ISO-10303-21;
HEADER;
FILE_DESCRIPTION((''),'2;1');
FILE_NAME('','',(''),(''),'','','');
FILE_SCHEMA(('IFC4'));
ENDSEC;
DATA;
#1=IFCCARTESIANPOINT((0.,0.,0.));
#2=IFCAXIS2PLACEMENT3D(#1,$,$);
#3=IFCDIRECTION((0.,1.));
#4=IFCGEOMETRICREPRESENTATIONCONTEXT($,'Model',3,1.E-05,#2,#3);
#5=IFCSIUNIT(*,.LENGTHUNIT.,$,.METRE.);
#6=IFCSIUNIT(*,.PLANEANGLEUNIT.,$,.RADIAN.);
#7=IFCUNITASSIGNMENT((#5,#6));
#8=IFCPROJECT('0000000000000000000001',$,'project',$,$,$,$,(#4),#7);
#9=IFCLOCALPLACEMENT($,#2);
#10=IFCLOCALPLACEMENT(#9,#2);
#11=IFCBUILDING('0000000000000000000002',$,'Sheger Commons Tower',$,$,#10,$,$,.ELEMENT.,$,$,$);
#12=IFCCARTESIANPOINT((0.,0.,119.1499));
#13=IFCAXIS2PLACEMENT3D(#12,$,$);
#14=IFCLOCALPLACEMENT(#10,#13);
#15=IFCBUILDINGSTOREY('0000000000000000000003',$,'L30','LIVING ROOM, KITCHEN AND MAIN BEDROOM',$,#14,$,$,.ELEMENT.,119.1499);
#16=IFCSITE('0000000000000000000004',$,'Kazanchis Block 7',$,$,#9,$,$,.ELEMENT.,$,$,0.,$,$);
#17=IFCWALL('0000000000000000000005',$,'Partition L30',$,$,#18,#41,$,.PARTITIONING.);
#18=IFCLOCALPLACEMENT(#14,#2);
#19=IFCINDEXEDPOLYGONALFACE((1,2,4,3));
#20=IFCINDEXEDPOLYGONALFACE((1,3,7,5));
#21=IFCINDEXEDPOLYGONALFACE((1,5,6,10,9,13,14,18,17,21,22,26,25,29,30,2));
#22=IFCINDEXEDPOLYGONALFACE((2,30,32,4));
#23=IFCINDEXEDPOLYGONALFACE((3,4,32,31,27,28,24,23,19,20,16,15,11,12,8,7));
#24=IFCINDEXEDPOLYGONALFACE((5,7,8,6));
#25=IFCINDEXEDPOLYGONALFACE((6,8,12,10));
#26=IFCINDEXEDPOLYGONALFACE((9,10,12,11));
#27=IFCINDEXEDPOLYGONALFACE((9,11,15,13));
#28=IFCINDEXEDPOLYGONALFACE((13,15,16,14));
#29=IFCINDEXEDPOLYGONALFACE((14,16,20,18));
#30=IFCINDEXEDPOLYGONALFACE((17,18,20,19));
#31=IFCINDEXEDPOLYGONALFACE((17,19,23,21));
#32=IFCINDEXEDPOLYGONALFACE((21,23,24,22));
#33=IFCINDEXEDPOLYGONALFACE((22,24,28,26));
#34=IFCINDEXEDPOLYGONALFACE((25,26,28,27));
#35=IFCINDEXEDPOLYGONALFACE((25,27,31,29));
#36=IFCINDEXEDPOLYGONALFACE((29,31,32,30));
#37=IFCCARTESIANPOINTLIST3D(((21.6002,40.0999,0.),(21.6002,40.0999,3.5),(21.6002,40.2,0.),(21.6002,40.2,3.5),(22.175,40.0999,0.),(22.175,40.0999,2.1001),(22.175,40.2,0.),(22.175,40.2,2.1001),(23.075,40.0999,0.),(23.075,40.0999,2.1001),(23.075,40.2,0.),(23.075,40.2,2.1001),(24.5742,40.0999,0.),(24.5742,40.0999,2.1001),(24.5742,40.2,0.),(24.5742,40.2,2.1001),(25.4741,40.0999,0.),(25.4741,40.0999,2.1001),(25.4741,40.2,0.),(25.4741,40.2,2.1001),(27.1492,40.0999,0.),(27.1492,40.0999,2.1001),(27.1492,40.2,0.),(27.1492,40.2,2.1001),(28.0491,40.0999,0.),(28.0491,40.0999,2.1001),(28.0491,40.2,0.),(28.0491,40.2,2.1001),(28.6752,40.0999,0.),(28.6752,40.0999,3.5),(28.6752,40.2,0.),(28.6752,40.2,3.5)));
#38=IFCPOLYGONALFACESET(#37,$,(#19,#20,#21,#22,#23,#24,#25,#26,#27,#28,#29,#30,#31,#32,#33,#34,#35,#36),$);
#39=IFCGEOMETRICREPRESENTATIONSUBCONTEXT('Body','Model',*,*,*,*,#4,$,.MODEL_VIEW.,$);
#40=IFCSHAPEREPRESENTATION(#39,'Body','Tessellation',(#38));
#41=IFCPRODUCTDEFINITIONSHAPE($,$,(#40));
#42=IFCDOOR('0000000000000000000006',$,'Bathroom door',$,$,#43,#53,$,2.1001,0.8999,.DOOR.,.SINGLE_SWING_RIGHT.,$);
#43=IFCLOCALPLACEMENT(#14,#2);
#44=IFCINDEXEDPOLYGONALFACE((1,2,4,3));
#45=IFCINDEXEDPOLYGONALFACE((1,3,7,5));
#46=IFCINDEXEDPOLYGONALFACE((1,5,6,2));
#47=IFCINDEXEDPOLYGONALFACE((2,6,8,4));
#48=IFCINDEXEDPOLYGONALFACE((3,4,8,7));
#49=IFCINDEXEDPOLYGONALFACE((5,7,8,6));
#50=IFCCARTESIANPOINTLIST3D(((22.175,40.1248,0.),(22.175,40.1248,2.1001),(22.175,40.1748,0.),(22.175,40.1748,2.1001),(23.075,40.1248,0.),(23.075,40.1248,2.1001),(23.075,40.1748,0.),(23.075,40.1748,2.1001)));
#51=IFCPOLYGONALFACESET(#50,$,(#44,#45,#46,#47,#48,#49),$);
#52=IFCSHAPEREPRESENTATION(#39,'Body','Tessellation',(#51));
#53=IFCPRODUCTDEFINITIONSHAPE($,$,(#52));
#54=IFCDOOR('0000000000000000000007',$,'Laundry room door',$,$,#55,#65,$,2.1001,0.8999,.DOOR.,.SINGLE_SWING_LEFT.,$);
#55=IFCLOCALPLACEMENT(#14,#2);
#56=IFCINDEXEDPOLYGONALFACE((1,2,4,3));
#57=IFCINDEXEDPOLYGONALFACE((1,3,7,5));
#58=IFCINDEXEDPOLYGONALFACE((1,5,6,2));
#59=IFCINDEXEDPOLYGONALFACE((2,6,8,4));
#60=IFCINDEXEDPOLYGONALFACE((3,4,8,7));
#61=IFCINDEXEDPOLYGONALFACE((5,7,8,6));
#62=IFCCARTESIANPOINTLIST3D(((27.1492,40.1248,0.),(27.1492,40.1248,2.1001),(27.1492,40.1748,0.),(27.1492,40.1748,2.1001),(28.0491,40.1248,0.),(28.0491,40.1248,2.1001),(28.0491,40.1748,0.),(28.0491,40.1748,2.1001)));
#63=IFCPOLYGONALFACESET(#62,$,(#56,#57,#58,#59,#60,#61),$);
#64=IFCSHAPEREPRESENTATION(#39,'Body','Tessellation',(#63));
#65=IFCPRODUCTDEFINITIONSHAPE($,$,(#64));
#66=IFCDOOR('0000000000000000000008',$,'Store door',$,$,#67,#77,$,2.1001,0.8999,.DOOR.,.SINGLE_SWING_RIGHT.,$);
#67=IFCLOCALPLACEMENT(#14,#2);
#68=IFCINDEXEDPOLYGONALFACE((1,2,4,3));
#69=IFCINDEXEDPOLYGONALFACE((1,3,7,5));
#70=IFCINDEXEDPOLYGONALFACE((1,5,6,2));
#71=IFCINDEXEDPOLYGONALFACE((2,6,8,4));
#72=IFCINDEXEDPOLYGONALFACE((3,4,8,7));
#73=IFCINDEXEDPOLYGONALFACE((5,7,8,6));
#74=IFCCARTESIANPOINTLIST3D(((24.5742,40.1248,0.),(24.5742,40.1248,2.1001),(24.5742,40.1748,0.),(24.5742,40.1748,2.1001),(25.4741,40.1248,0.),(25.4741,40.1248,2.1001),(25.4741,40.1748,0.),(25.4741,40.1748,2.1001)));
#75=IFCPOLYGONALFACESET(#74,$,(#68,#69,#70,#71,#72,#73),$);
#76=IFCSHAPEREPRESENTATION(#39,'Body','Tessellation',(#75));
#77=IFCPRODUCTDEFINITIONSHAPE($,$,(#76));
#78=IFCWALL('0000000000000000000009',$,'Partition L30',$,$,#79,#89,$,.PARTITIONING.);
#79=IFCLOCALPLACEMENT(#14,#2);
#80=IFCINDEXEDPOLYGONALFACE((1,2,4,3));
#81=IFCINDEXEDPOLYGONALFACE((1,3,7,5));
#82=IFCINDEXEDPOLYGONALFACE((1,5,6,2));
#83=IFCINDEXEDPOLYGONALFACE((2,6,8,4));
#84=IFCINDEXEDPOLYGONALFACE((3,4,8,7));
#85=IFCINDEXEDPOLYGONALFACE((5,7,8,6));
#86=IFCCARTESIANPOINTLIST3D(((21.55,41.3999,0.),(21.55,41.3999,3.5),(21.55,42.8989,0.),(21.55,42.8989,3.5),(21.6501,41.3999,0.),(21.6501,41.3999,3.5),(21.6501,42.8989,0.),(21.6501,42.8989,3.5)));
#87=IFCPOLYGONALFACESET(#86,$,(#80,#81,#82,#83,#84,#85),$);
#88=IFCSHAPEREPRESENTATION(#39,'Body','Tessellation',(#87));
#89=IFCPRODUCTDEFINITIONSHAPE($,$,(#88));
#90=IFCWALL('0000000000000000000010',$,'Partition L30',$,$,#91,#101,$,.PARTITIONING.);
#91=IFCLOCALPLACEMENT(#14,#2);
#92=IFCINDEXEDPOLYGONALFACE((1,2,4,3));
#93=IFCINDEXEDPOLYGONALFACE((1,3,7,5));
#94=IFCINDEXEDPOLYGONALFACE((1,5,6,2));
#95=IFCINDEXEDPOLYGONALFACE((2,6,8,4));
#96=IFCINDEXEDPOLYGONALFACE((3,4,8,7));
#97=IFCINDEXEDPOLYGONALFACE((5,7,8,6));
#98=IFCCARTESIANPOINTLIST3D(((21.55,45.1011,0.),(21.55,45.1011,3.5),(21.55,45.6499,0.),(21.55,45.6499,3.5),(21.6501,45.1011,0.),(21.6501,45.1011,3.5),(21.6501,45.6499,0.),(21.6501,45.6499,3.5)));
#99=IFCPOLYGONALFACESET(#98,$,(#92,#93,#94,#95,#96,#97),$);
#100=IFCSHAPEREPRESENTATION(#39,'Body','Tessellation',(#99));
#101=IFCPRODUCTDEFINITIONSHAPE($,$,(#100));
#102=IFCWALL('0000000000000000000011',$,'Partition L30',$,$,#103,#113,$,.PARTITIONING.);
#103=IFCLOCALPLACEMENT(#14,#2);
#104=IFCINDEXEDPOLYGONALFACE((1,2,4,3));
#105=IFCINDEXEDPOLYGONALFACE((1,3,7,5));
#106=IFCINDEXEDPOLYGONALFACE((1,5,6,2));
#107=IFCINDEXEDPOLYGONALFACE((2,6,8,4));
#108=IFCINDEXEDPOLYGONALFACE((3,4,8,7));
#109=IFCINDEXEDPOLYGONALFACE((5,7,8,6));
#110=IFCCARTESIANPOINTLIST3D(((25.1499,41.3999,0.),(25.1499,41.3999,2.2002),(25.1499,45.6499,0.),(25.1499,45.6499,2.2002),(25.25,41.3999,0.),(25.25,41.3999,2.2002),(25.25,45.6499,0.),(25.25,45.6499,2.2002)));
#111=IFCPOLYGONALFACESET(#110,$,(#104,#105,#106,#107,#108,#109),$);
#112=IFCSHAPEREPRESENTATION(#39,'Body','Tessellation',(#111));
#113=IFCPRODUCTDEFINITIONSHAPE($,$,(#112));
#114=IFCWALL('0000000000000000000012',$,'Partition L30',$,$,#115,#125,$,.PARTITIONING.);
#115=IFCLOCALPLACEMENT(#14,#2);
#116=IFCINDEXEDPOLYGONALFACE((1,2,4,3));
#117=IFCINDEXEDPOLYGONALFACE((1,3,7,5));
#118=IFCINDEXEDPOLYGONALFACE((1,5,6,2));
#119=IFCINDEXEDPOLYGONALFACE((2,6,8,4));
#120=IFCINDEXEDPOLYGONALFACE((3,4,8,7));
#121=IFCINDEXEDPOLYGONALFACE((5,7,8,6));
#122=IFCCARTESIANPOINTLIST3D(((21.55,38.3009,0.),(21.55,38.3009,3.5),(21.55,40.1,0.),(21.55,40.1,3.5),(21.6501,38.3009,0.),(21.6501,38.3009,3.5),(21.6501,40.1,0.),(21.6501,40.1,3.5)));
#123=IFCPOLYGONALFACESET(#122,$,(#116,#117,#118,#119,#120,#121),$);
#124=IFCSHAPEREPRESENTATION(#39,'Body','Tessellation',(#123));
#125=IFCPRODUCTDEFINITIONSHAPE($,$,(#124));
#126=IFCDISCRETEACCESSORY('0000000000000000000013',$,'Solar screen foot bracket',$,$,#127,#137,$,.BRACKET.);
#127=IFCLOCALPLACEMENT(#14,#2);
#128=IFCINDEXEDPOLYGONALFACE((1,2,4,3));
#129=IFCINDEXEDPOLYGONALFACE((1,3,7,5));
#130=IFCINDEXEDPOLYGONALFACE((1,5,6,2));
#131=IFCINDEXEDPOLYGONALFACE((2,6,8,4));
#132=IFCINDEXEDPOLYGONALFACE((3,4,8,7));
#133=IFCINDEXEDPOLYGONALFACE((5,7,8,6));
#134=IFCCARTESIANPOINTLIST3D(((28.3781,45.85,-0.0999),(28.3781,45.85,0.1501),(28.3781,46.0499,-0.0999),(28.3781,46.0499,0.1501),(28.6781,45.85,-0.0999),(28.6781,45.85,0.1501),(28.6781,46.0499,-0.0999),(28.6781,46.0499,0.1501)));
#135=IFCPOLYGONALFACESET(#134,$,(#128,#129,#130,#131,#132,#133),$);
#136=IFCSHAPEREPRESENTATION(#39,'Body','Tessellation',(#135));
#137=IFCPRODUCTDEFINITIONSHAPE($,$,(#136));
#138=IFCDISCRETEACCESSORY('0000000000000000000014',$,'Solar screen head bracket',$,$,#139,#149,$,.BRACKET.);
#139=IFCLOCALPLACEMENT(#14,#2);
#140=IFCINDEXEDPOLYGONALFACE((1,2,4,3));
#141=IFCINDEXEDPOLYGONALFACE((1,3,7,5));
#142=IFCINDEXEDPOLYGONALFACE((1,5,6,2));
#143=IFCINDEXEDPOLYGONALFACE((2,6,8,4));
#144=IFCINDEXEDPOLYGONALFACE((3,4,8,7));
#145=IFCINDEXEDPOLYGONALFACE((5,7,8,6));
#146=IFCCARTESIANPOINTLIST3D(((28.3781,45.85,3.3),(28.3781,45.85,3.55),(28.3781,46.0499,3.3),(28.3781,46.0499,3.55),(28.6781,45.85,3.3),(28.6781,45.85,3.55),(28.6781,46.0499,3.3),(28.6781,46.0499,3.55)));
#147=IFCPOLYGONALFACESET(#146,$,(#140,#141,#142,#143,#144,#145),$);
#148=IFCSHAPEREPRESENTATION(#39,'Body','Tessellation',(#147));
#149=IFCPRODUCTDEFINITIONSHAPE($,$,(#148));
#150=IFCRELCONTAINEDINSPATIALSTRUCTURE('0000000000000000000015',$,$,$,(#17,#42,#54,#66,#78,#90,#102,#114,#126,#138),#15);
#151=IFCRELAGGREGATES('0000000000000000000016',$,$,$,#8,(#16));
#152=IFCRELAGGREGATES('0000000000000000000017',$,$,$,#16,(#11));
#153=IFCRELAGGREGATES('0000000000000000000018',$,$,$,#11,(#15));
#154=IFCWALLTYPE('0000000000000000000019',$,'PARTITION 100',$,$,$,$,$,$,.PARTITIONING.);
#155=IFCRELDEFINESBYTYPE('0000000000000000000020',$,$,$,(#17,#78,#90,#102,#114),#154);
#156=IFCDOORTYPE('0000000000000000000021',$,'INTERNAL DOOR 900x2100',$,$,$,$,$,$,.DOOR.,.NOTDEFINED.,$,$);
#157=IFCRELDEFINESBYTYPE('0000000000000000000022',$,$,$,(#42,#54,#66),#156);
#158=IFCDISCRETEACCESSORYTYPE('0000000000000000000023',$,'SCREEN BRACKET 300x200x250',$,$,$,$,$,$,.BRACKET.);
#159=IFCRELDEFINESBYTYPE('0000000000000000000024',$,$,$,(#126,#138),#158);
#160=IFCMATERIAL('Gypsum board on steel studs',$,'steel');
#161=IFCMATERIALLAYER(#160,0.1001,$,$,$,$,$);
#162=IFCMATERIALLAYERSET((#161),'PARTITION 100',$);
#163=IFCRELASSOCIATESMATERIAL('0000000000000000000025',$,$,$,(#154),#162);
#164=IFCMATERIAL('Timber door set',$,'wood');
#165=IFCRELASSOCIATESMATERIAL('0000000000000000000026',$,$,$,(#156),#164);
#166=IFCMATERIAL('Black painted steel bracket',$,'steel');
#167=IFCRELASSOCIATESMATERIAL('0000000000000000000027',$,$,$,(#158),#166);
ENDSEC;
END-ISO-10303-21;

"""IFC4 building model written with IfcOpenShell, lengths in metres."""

from ifc_helpers import new_model, si_unit, direction, frame, frame_2d, origin, origin_2d, place, context, subcontext, project, spatial, rectangle, extrude, material, layer, layer_set, type_object, element, fill, save


model = new_model("IFC4")

# Units and contexts
model_context = context("Model", 3, precision=1e-05, world=origin(), true_north=direction((0.0, 1.0)))
body_context = subcontext(model_context, "Body", "Model", "MODEL_VIEW")
ifc_project = project(units=[si_unit("LENGTHUNIT", "METRE"), si_unit("PLANEANGLEUNIT", "RADIAN")], contexts=[model_context])

# Site, building, storey
site_placement = place(None, origin())
site = spatial("IfcSite", under=ifc_project, at=site_placement, Name="Kazanchis Block 7", CompositionType="ELEMENT", RefElevation=0.0)
building_placement = place(site_placement, origin())
building = spatial("IfcBuilding", under=site, at=building_placement, Name="Sheger Commons Tower", CompositionType="ELEMENT")
storey_placement = place(building_placement, frame((0.0, 0.0, 119.1499)))
storey = spatial("IfcBuildingStorey", under=building, at=storey_placement, Name="L30", Description="LIVING ROOM, KITCHEN AND MAIN BEDROOM", CompositionType="ELEMENT", Elevation=119.1499)

# Wall, openings, doors
ifc_material_1 = material(Name="Gypsum board on steel studs", Category="steel")
ifc_layer_1 = layer(ifc_material_1, 0.1001)
ifc_layer_set_1 = layer_set([ifc_layer_1], Name="PARTITION 100")
wall_type = type_object("IfcWallType", Name="PARTITION 100", PredefinedType="PARTITIONING", material=ifc_layer_set_1)
ifc_material_2 = material(Name="Timber door set", Category="wood")
door_type = type_object("IfcDoorType", Name="INTERNAL DOOR 900x2100", OperationType="NOTDEFINED", PredefinedType="DOOR", material=ifc_material_2)
wall_1_placement = place(storey_placement, frame((21.6001, 40.1499, 0.0), z_axis=(0.0, 0.0, 1.0), x_axis=(1.0, 0.0, 0.0)))
wall_1 = element("IfcWall", 1, at=wall_1_placement, inside=storey, type_object=wall_type, Name="Partition L30", PredefinedType="PARTITIONING", context=body_context, shape_type="SweptSolid", body=[
    extrude(rectangle(XDim=7.075, YDim=0.1001, at=frame_2d((3.5376, 0.0))), origin(), (0.0, 0.0, 1.0), 3.5),
])
opening_1_placement = place(wall_1_placement, frame((0.575, 0.0, 0.0)))
opening_1 = element("IfcOpeningElement", 2, at=opening_1_placement, cuts=wall_1, PredefinedType="OPENING", context=body_context, shape_type="SweptSolid", body=[
    extrude(rectangle(XDim=0.8999, YDim=2.1001, at=frame_2d((0.45, 1.05))), frame((0.0, 0.0601, 0.0), z_axis=(0.0, -1.0, 0.0), x_axis=(1.0, 0.0, 0.0)), (0.0, 0.0, 1.0), 0.1201),
])
opening_2_placement = place(wall_1_placement, frame((5.5491, 0.0, 0.0)))
opening_2 = element("IfcOpeningElement", 3, at=opening_2_placement, cuts=wall_1, PredefinedType="OPENING", context=body_context, shape_type="SweptSolid", body=[
    extrude(rectangle(XDim=0.8999, YDim=2.1001, at=frame_2d((0.45, 1.05))), frame((0.0, 0.0601, 0.0), z_axis=(0.0, -1.0, 0.0), x_axis=(1.0, 0.0, 0.0)), (0.0, 0.0, 1.0), 0.1201),
])
opening_3_placement = place(wall_1_placement, frame((2.9741, 0.0, 0.0)))
opening_3 = element("IfcOpeningElement", 4, at=opening_3_placement, cuts=wall_1, PredefinedType="OPENING", context=body_context, shape_type="SweptSolid", body=[
    extrude(rectangle(XDim=0.8999, YDim=2.1001, at=frame_2d((0.45, 1.05))), frame((0.0, 0.0601, 0.0), z_axis=(0.0, -1.0, 0.0), x_axis=(1.0, 0.0, 0.0)), (0.0, 0.0, 1.0), 0.1201),
])
door_1_placement = place(opening_1_placement, origin())
door_1 = element("IfcDoor", 5, at=door_1_placement, inside=storey, type_object=door_type, Name="Bathroom door", OperationType="SINGLE_SWING_RIGHT", OverallHeight=2.1001, OverallWidth=0.8999, PredefinedType="DOOR", context=body_context, shape_type="SweptSolid", body=[
    extrude(rectangle(XDim=0.8999, YDim=2.1001, at=frame_2d((0.45, 1.05))), frame((0.0, 0.0249, 0.0), z_axis=(0.0, -1.0, 0.0), x_axis=(1.0, 0.0, 0.0)), (0.0, 0.0, 1.0), 0.05),
])
fill(opening_1, door_1)
door_2_placement = place(opening_2_placement, origin())
door_2 = element("IfcDoor", 6, at=door_2_placement, inside=storey, type_object=door_type, Name="Laundry room door", OperationType="SINGLE_SWING_LEFT", OverallHeight=2.1001, OverallWidth=0.8999, PredefinedType="DOOR", context=body_context, shape_type="SweptSolid", body=[
    extrude(rectangle(XDim=0.8999, YDim=2.1001, at=frame_2d((0.45, 1.05))), frame((0.0, 0.0249, 0.0), z_axis=(0.0, -1.0, 0.0), x_axis=(1.0, 0.0, 0.0)), (0.0, 0.0, 1.0), 0.05),
])
fill(opening_2, door_2)
door_3_placement = place(opening_3_placement, origin())
door_3 = element("IfcDoor", 7, at=door_3_placement, inside=storey, type_object=door_type, Name="Store door", OperationType="SINGLE_SWING_RIGHT", OverallHeight=2.1001, OverallWidth=0.8999, PredefinedType="DOOR", context=body_context, shape_type="SweptSolid", body=[
    extrude(rectangle(XDim=0.8999, YDim=2.1001, at=frame_2d((0.45, 1.05))), frame((0.0, 0.0249, 0.0), z_axis=(0.0, -1.0, 0.0), x_axis=(1.0, 0.0, 0.0)), (0.0, 0.0, 1.0), 0.05),
])
fill(opening_3, door_3)

# Walls
wall_2_placement = place(storey_placement, frame((21.6001, 41.3999, 0.0), z_axis=(0.0, 0.0, 1.0), x_axis=(0.0, 1.0, 0.0)))
element("IfcWall", 8, at=wall_2_placement, inside=storey, type_object=wall_type, Name="Partition L30", PredefinedType="PARTITIONING", context=body_context, shape_type="SweptSolid", body=[
    extrude(rectangle(XDim=1.499, YDim=0.1001, at=frame_2d((0.7495, 0.0))), origin(), (0.0, 0.0, 1.0), 3.5),
])
wall_3_placement = place(storey_placement, frame((21.6001, 45.1011, 0.0), z_axis=(0.0, 0.0, 1.0), x_axis=(0.0, 1.0, 0.0)))
element("IfcWall", 9, at=wall_3_placement, inside=storey, type_object=wall_type, Name="Partition L30", PredefinedType="PARTITIONING", context=body_context, shape_type="SweptSolid", body=[
    extrude(rectangle(XDim=0.5488, YDim=0.1001, at=frame_2d((0.2744, 0.0))), origin(), (0.0, 0.0, 1.0), 3.5),
])
wall_4_placement = place(storey_placement, frame((25.2, 41.3999, 0.0), z_axis=(0.0, 0.0, 1.0), x_axis=(0.0, 1.0, 0.0)))
element("IfcWall", 10, at=wall_4_placement, inside=storey, type_object=wall_type, Name="Partition L30", PredefinedType="PARTITIONING", context=body_context, shape_type="SweptSolid", body=[
    extrude(rectangle(XDim=4.25, YDim=0.1001, at=frame_2d((2.125, 0.0))), origin(), (0.0, 0.0, 1.0), 2.2002),
])
wall_5_placement = place(storey_placement, frame((21.6001, 38.301, 0.0), z_axis=(0.0, 0.0, 1.0), x_axis=(0.0, 1.0, 0.0)))
element("IfcWall", 11, at=wall_5_placement, inside=storey, type_object=wall_type, Name="Partition L30", PredefinedType="PARTITIONING", context=body_context, shape_type="SweptSolid", body=[
    extrude(rectangle(XDim=1.7991, YDim=0.1001, at=frame_2d((0.8994, 0.0))), origin(), (0.0, 0.0, 1.0), 3.5),
])

# Discrete accessories
ifc_material_3 = material(Name="Black painted steel bracket", Category="steel")
discrete_accessory_type = type_object("IfcDiscreteAccessoryType", Name="SCREEN BRACKET 300x200x250", PredefinedType="BRACKET", material=ifc_material_3)
for number, where, z_axis, x_axis, name in (
    (12, (28.5281, 45.95, -0.0999), (0.0, 0.0, 1.0), (-1.0, 0.0, 0.0), "Solar screen foot bracket"),
    (13, (28.5281, 45.95, 3.3), (0.0, 0.0, 1.0), (-1.0, 0.0, 0.0), "Solar screen head bracket"),
):
    element("IfcDiscreteAccessory", number, at=place(storey_placement, frame(where, z_axis=z_axis, x_axis=x_axis)), inside=storey, type_object=discrete_accessory_type, Name=name, PredefinedType="BRACKET", context=body_context, shape_type="SweptSolid", body=[
        extrude(rectangle(XDim=0.3, YDim=0.2, at=origin_2d()), origin(), (0.0, 0.0, 1.0), 0.25),
    ])

save(model, "model.ifc")
